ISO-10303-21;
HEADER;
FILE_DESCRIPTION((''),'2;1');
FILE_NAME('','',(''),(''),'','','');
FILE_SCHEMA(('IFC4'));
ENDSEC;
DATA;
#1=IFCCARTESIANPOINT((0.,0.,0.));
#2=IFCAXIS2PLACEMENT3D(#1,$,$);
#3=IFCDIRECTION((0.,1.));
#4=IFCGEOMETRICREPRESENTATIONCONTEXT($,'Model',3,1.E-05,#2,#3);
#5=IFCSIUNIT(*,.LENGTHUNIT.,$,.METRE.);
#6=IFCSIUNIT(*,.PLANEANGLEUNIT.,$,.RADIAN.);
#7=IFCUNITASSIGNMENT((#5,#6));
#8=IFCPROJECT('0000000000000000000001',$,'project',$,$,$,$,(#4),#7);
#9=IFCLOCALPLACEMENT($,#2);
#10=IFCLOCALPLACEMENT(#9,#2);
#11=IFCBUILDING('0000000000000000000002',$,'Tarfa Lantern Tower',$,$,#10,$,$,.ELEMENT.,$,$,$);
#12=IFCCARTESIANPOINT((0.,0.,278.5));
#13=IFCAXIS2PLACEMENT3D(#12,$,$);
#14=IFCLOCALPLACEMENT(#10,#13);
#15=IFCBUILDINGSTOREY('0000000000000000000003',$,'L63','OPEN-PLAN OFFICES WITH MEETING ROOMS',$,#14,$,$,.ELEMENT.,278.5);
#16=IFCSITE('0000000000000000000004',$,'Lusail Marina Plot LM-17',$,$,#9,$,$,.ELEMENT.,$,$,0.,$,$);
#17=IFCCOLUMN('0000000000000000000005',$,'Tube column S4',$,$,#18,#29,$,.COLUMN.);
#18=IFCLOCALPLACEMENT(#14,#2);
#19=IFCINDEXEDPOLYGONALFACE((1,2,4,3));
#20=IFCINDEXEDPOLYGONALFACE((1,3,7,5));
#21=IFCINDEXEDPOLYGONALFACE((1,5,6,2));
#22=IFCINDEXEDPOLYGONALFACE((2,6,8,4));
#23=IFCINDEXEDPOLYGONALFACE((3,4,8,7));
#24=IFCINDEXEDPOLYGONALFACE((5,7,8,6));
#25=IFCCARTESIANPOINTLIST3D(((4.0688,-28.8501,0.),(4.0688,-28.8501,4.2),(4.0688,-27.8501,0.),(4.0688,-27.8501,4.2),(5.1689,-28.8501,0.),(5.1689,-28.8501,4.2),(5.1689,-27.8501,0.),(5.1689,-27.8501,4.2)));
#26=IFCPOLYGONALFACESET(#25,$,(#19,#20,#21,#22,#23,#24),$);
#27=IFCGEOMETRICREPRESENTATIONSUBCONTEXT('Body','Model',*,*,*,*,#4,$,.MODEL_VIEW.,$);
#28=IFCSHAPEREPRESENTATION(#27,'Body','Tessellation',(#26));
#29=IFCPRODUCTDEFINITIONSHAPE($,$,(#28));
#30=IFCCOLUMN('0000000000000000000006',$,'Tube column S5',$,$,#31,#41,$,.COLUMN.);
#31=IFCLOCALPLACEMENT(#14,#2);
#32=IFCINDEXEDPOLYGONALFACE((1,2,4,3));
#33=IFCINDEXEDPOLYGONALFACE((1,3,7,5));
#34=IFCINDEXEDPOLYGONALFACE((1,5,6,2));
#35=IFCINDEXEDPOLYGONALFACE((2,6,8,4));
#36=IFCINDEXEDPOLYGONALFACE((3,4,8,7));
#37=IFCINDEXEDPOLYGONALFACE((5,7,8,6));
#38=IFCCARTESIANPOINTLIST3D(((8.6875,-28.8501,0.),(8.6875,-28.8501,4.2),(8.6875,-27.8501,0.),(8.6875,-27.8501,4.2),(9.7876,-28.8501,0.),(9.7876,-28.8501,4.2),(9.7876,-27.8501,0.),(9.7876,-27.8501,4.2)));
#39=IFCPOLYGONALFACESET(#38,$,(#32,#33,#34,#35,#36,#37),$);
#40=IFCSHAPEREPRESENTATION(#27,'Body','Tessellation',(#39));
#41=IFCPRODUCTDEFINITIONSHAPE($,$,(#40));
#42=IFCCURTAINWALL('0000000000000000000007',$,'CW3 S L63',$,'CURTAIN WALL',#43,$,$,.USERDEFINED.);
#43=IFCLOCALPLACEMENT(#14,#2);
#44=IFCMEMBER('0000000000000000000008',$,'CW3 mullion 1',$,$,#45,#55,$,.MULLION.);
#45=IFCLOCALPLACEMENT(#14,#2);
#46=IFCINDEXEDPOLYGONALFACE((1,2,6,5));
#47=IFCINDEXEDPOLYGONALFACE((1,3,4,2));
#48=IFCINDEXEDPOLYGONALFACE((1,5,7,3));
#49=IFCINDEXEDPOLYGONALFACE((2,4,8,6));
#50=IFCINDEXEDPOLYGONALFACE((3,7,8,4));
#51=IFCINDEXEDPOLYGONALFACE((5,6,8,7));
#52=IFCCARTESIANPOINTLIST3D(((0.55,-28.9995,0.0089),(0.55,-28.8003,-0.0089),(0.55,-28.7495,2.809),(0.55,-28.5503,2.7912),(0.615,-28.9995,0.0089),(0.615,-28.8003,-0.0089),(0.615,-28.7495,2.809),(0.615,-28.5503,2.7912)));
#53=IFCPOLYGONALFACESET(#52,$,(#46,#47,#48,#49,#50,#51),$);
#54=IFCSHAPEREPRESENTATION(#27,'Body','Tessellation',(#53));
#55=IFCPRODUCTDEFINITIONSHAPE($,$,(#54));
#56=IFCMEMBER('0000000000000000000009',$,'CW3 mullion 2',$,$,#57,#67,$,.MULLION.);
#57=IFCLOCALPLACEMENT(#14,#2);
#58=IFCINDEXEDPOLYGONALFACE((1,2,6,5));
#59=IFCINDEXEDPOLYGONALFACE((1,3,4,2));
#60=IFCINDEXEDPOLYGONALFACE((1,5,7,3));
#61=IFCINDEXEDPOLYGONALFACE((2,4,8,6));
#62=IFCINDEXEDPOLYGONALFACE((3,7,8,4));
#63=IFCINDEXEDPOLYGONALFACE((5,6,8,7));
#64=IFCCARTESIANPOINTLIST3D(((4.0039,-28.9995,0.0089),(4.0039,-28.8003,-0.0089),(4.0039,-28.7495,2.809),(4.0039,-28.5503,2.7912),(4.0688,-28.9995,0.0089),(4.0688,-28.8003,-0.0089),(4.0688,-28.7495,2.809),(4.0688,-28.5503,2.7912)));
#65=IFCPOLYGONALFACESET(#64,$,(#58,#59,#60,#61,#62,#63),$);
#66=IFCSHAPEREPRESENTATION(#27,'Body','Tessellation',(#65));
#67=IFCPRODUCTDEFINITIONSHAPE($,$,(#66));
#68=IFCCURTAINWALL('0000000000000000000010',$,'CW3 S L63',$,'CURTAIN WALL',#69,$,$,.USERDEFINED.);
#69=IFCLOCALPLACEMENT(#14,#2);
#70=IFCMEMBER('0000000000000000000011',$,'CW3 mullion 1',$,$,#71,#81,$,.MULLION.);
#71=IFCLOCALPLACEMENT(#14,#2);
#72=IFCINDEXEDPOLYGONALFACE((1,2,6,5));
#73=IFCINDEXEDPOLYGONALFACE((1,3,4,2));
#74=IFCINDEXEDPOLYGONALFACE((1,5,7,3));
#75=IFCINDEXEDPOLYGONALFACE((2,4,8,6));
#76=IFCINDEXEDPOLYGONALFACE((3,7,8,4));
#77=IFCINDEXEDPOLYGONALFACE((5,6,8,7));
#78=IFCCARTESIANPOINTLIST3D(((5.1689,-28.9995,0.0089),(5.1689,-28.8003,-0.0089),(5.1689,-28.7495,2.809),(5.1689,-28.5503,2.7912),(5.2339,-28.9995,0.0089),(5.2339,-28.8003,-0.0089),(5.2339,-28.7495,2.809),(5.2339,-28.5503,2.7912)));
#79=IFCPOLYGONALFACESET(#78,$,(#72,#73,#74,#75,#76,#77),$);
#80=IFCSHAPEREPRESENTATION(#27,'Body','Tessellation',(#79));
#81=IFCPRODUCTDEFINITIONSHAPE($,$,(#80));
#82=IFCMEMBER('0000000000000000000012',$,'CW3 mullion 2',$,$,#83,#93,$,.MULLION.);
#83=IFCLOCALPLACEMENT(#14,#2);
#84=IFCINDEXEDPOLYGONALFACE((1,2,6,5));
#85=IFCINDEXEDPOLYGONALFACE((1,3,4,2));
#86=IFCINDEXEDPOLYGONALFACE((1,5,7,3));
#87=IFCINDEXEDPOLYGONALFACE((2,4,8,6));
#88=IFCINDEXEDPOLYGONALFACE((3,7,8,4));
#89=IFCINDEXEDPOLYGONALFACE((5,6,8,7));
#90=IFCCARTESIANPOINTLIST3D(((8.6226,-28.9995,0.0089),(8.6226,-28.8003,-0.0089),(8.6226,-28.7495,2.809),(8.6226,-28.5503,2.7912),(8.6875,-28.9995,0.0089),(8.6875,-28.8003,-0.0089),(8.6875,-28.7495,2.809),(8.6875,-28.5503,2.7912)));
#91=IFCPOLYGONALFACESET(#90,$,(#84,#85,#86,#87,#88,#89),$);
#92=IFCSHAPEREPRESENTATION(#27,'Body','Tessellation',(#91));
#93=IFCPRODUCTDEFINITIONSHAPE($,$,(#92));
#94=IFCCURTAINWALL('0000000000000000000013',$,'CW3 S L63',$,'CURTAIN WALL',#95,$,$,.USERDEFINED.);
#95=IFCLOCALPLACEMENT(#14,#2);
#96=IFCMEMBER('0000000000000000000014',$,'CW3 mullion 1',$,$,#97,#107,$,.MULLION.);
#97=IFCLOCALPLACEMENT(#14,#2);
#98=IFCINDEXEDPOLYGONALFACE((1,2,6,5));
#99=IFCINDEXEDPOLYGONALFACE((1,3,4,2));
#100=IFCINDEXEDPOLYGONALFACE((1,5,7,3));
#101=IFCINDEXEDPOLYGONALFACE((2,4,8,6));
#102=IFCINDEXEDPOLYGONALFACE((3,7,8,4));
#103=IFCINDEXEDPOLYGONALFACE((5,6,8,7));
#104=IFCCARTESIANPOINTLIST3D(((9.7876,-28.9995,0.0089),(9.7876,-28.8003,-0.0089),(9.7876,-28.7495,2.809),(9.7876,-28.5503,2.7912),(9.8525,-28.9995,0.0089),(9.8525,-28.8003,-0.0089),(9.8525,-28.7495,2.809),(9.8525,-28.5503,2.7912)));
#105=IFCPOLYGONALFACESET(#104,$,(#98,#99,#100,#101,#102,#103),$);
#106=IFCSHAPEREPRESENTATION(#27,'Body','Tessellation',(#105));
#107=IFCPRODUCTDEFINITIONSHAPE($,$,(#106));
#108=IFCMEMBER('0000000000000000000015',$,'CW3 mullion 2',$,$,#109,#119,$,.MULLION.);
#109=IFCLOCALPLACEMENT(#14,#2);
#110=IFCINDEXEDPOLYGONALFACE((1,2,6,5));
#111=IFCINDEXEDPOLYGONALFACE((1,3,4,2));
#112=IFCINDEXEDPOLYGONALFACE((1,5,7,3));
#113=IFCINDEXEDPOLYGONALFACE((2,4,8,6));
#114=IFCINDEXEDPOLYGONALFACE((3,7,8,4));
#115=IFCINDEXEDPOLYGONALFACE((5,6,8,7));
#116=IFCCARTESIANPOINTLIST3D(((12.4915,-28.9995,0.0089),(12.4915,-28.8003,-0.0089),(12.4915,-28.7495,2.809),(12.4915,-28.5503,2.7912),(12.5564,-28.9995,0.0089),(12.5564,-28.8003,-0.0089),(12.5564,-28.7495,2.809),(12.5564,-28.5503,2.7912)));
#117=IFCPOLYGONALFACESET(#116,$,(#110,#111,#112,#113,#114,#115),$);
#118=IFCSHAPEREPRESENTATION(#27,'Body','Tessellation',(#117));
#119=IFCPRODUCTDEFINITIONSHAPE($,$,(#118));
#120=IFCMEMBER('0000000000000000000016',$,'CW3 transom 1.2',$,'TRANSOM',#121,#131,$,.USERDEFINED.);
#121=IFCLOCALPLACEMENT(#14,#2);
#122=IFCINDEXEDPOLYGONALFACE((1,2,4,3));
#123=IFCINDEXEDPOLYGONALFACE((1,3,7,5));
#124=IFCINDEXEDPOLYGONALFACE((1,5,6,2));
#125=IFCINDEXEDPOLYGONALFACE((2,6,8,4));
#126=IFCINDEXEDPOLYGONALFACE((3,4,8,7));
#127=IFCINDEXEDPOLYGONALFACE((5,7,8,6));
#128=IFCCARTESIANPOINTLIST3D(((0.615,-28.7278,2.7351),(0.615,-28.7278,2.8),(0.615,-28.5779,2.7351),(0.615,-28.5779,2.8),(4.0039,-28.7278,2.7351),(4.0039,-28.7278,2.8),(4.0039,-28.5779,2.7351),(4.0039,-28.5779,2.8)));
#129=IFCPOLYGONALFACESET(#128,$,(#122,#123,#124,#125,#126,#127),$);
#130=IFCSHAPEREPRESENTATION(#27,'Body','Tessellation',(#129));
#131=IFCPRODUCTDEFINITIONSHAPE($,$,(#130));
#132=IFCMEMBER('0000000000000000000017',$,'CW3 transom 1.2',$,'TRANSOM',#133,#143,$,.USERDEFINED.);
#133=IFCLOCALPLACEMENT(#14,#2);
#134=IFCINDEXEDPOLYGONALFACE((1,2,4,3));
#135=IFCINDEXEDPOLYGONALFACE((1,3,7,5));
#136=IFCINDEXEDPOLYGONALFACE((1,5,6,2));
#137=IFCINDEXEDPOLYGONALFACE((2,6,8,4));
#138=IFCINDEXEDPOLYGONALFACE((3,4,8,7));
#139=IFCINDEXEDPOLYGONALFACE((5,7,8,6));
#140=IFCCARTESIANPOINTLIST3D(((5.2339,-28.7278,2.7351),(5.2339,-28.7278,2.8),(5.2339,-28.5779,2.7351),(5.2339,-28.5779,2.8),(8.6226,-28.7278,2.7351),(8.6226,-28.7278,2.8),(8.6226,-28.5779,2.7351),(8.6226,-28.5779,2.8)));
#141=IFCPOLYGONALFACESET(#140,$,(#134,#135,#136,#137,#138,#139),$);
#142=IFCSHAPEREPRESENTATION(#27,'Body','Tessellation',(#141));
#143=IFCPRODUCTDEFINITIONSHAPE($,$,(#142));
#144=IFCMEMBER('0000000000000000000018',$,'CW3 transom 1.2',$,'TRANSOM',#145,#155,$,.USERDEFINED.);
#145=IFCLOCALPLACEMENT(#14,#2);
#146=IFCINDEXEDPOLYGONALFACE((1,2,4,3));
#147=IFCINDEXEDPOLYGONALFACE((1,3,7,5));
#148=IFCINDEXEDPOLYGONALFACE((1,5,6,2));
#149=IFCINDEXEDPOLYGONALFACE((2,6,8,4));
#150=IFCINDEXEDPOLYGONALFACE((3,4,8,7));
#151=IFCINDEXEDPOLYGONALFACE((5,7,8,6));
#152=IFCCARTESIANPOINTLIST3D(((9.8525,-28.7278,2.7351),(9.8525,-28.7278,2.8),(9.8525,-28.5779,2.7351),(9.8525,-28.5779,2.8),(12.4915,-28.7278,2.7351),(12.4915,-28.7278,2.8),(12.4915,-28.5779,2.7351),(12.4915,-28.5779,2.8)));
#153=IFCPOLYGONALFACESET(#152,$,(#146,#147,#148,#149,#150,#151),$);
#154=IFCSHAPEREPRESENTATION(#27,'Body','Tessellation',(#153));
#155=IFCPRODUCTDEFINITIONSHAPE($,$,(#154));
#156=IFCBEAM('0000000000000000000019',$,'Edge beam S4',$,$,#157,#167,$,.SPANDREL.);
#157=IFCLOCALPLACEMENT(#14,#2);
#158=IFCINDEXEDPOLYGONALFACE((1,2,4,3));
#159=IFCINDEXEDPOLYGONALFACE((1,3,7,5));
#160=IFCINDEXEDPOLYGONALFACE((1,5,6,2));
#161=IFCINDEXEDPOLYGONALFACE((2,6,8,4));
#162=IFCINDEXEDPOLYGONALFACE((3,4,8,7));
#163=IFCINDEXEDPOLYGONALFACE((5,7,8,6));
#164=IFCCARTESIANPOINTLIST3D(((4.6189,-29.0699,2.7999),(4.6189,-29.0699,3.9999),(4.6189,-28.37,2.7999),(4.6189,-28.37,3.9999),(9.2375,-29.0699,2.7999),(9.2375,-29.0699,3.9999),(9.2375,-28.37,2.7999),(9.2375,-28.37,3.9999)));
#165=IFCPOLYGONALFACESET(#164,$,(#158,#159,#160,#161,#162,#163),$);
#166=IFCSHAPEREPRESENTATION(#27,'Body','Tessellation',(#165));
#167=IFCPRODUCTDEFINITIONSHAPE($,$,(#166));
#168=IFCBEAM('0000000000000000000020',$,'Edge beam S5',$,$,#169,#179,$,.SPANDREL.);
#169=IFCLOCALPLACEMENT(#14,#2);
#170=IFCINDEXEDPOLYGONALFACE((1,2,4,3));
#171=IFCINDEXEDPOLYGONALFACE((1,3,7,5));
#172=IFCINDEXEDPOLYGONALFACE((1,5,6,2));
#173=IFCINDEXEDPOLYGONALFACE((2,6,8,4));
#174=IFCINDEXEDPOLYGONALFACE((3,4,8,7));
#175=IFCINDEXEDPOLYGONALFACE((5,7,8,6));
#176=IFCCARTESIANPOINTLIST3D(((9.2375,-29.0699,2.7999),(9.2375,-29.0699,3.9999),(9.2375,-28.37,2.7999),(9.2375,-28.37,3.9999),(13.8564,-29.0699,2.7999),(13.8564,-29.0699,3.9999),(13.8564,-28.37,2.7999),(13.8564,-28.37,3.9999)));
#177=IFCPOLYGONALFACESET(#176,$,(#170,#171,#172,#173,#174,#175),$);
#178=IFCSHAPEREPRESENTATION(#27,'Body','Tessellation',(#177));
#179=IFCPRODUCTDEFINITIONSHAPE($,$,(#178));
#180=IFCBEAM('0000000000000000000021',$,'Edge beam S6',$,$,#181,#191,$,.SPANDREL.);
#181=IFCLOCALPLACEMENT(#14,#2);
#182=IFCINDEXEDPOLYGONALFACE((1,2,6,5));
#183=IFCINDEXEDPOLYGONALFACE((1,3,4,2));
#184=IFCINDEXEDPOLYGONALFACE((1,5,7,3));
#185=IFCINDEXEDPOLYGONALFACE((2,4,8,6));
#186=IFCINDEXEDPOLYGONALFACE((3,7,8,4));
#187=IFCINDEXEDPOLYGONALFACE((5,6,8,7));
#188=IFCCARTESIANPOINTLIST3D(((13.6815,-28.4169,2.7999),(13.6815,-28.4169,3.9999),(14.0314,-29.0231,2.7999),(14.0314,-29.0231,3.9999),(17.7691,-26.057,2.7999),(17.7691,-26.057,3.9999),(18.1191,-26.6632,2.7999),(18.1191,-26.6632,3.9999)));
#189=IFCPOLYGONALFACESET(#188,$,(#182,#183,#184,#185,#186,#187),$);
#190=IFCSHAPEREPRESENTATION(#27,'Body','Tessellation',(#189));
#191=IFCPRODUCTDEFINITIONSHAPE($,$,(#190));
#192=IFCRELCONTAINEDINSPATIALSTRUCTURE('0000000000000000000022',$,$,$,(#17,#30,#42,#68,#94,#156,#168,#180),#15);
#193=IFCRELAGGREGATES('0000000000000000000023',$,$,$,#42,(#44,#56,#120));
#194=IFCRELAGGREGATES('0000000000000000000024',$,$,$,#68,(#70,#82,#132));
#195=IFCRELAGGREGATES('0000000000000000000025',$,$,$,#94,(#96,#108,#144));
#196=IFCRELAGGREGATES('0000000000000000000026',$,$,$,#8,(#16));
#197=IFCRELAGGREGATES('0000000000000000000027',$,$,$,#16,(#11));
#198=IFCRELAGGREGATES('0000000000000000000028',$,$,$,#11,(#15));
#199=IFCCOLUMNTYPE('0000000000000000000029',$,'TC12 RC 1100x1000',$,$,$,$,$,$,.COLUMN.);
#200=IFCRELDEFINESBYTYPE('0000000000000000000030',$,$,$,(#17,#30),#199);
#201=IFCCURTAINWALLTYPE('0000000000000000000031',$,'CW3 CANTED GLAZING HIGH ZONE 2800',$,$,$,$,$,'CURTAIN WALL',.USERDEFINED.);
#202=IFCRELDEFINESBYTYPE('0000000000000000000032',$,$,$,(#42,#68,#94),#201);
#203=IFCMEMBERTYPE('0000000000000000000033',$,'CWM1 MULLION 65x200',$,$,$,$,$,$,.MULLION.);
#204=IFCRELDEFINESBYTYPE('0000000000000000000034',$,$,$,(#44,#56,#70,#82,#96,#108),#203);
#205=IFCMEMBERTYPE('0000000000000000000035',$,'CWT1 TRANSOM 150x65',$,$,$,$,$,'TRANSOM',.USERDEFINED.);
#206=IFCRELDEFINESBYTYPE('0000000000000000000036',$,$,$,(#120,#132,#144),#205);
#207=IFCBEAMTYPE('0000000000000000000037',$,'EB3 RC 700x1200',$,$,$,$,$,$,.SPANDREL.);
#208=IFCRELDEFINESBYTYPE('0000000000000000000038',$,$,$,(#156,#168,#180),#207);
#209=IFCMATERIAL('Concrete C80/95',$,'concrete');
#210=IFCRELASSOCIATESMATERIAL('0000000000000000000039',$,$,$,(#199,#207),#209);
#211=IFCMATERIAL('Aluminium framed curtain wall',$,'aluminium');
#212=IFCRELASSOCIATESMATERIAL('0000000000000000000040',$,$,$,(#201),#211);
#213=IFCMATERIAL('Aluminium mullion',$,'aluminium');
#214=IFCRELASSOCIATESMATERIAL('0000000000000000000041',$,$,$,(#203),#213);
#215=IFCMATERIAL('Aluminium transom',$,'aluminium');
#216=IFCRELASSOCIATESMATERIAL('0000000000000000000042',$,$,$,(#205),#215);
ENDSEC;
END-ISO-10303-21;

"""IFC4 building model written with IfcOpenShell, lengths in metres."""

from ifc_helpers import new_model, si_unit, direction, frame, origin, origin_2d, place, context, subcontext, project, spatial, rectangle, extrude, material, material_profile, profile_set, type_object, element, aggregate, save


model = new_model("IFC4")

# Units and contexts
model_context = context("Model", 3, precision=1e-05, world=origin(), true_north=direction((0.0, 1.0)))
body_context = subcontext(model_context, "Body", "Model", "MODEL_VIEW")
ifc_project = project(units=[si_unit("LENGTHUNIT", "METRE"), si_unit("PLANEANGLEUNIT", "RADIAN")], contexts=[model_context])

# Site, building, storey
site_placement = place(None, origin())
site = spatial("IfcSite", under=ifc_project, at=site_placement, Name="Lusail Marina Plot LM-17", CompositionType="ELEMENT", RefElevation=0.0)
building_placement = place(site_placement, origin())
building = spatial("IfcBuilding", under=site, at=building_placement, Name="Tarfa Lantern Tower", CompositionType="ELEMENT")
storey_placement = place(building_placement, frame((0.0, 0.0, 278.5)))
storey = spatial("IfcBuildingStorey", under=building, at=storey_placement, Name="L63", Description="OPEN-PLAN OFFICES WITH MEETING ROOMS", CompositionType="ELEMENT", Elevation=278.5)

# Columns
ifc_material_1 = material(Name="Concrete C80/95", Category="concrete")
ifc_material_profile_1 = material_profile(ifc_material_1, rectangle(XDim=1.1001, YDim=1.0, at=origin_2d()), Name="RC 1100x1000")
ifc_profile_set_1 = profile_set([ifc_material_profile_1], Name="Concrete C80/95")
column_type = type_object("IfcColumnType", Name="TC12 RC 1100x1000", PredefinedType="COLUMN", material=ifc_profile_set_1)
for number, where, z_axis, x_axis, name in (
    (1, (4.6189, -28.3501, 0.0), (0.0, 0.0, 1.0), (1.0, 0.0, 0.0), "Tube column S4"),
    (2, (9.2375, -28.3501, 0.0), (0.0, 0.0, 1.0), (1.0, 0.0, 0.0), "Tube column S5"),
):
    element("IfcColumn", number, at=place(storey_placement, frame(where, z_axis=z_axis, x_axis=x_axis)), inside=storey, type_object=column_type, Name=name, PredefinedType="COLUMN", context=body_context, shape_type="SweptSolid", body=[
        extrude(rectangle(XDim=1.1001, YDim=1.0, at=origin_2d()), origin(), (0.0, 0.0, 1.0), 4.2),
    ])

# Curtain walls, members
ifc_material_2 = material(Name="Aluminium framed curtain wall", Category="aluminium")
curtain_wall_type = type_object("IfcCurtainWallType", Name="CW3 CANTED GLAZING HIGH ZONE 2800", ElementType="CURTAIN WALL", PredefinedType="USERDEFINED", material=ifc_material_2)
curtain_wall_1_placement = place(storey_placement, origin())
curtain_wall_1 = element("IfcCurtainWall", 3, at=curtain_wall_1_placement, inside=storey, type_object=curtain_wall_type, Name="CW3 S L63", ObjectType="CURTAIN WALL", PredefinedType="USERDEFINED")
ifc_material_3 = material(Name="Aluminium mullion", Category="aluminium")
ifc_material_profile_2 = material_profile(ifc_material_3, rectangle(XDim=0.0649, YDim=0.2, at=origin_2d()), Name="AL MULLION 65x200")
ifc_profile_set_2 = profile_set([ifc_material_profile_2], Name="Aluminium mullion")
member_type_1 = type_object("IfcMemberType", Name="CWM1 MULLION 65x200", PredefinedType="MULLION", material=ifc_profile_set_2)
member_1_placement = place(storey_placement, frame((0.5825, -28.8999, 0.0), z_axis=(0.0, 0.08893, 0.996038), x_axis=(-1.0, 0.0, 0.0)))
member_1 = element("IfcMember", 4, at=member_1_placement, type_object=member_type_1, Name="CW3 mullion 1", PredefinedType="MULLION", context=body_context, shape_type="SweptSolid", body=[
    extrude(rectangle(XDim=0.0649, YDim=0.2, at=origin_2d()), origin(), (0.0, 0.0, 1.0), 2.8113),
])
member_2_placement = place(storey_placement, frame((4.0364, -28.8999, 0.0), z_axis=(0.0, 0.08893, 0.996038), x_axis=(-1.0, 0.0, 0.0)))
member_2 = element("IfcMember", 5, at=member_2_placement, type_object=member_type_1, Name="CW3 mullion 2", PredefinedType="MULLION", context=body_context, shape_type="SweptSolid", body=[
    extrude(rectangle(XDim=0.0649, YDim=0.2, at=origin_2d()), origin(), (0.0, 0.0, 1.0), 2.8113),
])
curtain_wall_2_placement = place(storey_placement, origin())
curtain_wall_2 = element("IfcCurtainWall", 6, at=curtain_wall_2_placement, inside=storey, type_object=curtain_wall_type, Name="CW3 S L63", ObjectType="CURTAIN WALL", PredefinedType="USERDEFINED")
member_3_placement = place(storey_placement, frame((5.2014, -28.8999, 0.0), z_axis=(0.0, 0.08893, 0.996038), x_axis=(-1.0, 0.0, 0.0)))
member_3 = element("IfcMember", 7, at=member_3_placement, type_object=member_type_1, Name="CW3 mullion 1", PredefinedType="MULLION", context=body_context, shape_type="SweptSolid", body=[
    extrude(rectangle(XDim=0.0649, YDim=0.2, at=origin_2d()), origin(), (0.0, 0.0, 1.0), 2.8113),
])
member_4_placement = place(storey_placement, frame((8.655, -28.8999, 0.0), z_axis=(0.0, 0.08893, 0.996038), x_axis=(-1.0, 0.0, 0.0)))
member_4 = element("IfcMember", 8, at=member_4_placement, type_object=member_type_1, Name="CW3 mullion 2", PredefinedType="MULLION", context=body_context, shape_type="SweptSolid", body=[
    extrude(rectangle(XDim=0.0649, YDim=0.2, at=origin_2d()), origin(), (0.0, 0.0, 1.0), 2.8113),
])
curtain_wall_3_placement = place(storey_placement, origin())
curtain_wall_3 = element("IfcCurtainWall", 9, at=curtain_wall_3_placement, inside=storey, type_object=curtain_wall_type, Name="CW3 S L63", ObjectType="CURTAIN WALL", PredefinedType="USERDEFINED")
member_5_placement = place(storey_placement, frame((9.8201, -28.8999, 0.0), z_axis=(0.0, 0.08893, 0.996038), x_axis=(-1.0, 0.0, 0.0)))
member_5 = element("IfcMember", 10, at=member_5_placement, type_object=member_type_1, Name="CW3 mullion 1", PredefinedType="MULLION", context=body_context, shape_type="SweptSolid", body=[
    extrude(rectangle(XDim=0.0649, YDim=0.2, at=origin_2d()), origin(), (0.0, 0.0, 1.0), 2.8113),
])
member_6_placement = place(storey_placement, frame((12.5239, -28.8999, 0.0), z_axis=(0.0, 0.08893, 0.996038), x_axis=(-1.0, 0.0, 0.0)))
member_6 = element("IfcMember", 11, at=member_6_placement, type_object=member_type_1, Name="CW3 mullion 2", PredefinedType="MULLION", context=body_context, shape_type="SweptSolid", body=[
    extrude(rectangle(XDim=0.0649, YDim=0.2, at=origin_2d()), origin(), (0.0, 0.0, 1.0), 2.8113),
])

# Members
ifc_material_4 = material(Name="Aluminium transom", Category="aluminium")
ifc_material_profile_3 = material_profile(ifc_material_4, rectangle(XDim=0.1499, YDim=0.0649, at=origin_2d()), Name="AL TRANSOM 150x65")
ifc_profile_set_3 = profile_set([ifc_material_profile_3], Name="Aluminium transom")
member_type_2 = type_object("IfcMemberType", Name="CWT1 TRANSOM 150x65", ElementType="TRANSOM", PredefinedType="USERDEFINED", material=ifc_profile_set_3)
member_7_placement = place(storey_placement, frame((0.615, -28.6528, 2.7676), z_axis=(1.0, 0.0, 0.0), x_axis=(0.0, 1.0, 0.0)))
member_7 = element("IfcMember", 12, at=member_7_placement, type_object=member_type_2, Name="CW3 transom 1.2", ObjectType="TRANSOM", PredefinedType="USERDEFINED", context=body_context, shape_type="SweptSolid", body=[
    extrude(rectangle(XDim=0.1499, YDim=0.0649, at=origin_2d()), origin(), (0.0, 0.0, 1.0), 3.3889),
])
member_8_placement = place(storey_placement, frame((5.2339, -28.6528, 2.7676), z_axis=(1.0, 0.0, 0.0), x_axis=(0.0, 1.0, 0.0)))
member_8 = element("IfcMember", 13, at=member_8_placement, type_object=member_type_2, Name="CW3 transom 1.2", ObjectType="TRANSOM", PredefinedType="USERDEFINED", context=body_context, shape_type="SweptSolid", body=[
    extrude(rectangle(XDim=0.1499, YDim=0.0649, at=origin_2d()), origin(), (0.0, 0.0, 1.0), 3.3887),
])
member_9_placement = place(storey_placement, frame((9.8525, -28.6528, 2.7676), z_axis=(1.0, 0.0, 0.0), x_axis=(0.0, 1.0, 0.0)))
member_9 = element("IfcMember", 14, at=member_9_placement, type_object=member_type_2, Name="CW3 transom 1.2", ObjectType="TRANSOM", PredefinedType="USERDEFINED", context=body_context, shape_type="SweptSolid", body=[
    extrude(rectangle(XDim=0.1499, YDim=0.0649, at=origin_2d()), origin(), (0.0, 0.0, 1.0), 2.6389),
])

# Beams
ifc_material_profile_4 = material_profile(ifc_material_1, rectangle(XDim=0.7, YDim=1.2, at=origin_2d()), Name="RC 700x1200")
ifc_profile_set_4 = profile_set([ifc_material_profile_4], Name="Concrete C80/95")
beam_type_1 = type_object("IfcBeamType", Name="EB3 RC 700x1200", PredefinedType="SPANDREL", material=ifc_profile_set_4)
beam_1_placement = place(storey_placement, frame((4.6189, -28.72, 3.3999), z_axis=(1.0, 0.0, 0.0), x_axis=(0.0, 1.0, 0.0)))
element("IfcBeam", 15, at=beam_1_placement, inside=storey, type_object=beam_type_1, Name="Edge beam S4", PredefinedType="SPANDREL", context=body_context, shape_type="SweptSolid", body=[
    extrude(rectangle(XDim=0.7, YDim=1.2, at=origin_2d()), origin(), (0.0, 0.0, 1.0), 4.6187),
])
beam_2_placement = place(storey_placement, frame((9.2375, -28.72, 3.3999), z_axis=(1.0, 0.0, 0.0), x_axis=(0.0, 1.0, 0.0)))
element("IfcBeam", 16, at=beam_2_placement, inside=storey, type_object=beam_type_1, Name="Edge beam S5", PredefinedType="SPANDREL", context=body_context, shape_type="SweptSolid", body=[
    extrude(rectangle(XDim=0.7, YDim=1.2, at=origin_2d()), origin(), (0.0, 0.0, 1.0), 4.6189),
])
beam_3_placement = place(storey_placement, frame((13.8564, -28.72, 3.3999), z_axis=(0.866038, 0.499978, 0.0), x_axis=(-0.499978, 0.866038, 0.0)))
element("IfcBeam", 17, at=beam_3_placement, inside=storey, type_object=beam_type_1, Name="Edge beam S6", PredefinedType="SPANDREL", context=body_context, shape_type="SweptSolid", body=[
    extrude(rectangle(XDim=0.7, YDim=1.2, at=origin_2d()), origin(), (0.0, 0.0, 1.0), 4.72),
])

aggregate(curtain_wall_1, [member_1, member_2, member_7])
aggregate(curtain_wall_2, [member_3, member_4, member_8])
aggregate(curtain_wall_3, [member_5, member_6, member_9])

save(model, "model.ifc")
